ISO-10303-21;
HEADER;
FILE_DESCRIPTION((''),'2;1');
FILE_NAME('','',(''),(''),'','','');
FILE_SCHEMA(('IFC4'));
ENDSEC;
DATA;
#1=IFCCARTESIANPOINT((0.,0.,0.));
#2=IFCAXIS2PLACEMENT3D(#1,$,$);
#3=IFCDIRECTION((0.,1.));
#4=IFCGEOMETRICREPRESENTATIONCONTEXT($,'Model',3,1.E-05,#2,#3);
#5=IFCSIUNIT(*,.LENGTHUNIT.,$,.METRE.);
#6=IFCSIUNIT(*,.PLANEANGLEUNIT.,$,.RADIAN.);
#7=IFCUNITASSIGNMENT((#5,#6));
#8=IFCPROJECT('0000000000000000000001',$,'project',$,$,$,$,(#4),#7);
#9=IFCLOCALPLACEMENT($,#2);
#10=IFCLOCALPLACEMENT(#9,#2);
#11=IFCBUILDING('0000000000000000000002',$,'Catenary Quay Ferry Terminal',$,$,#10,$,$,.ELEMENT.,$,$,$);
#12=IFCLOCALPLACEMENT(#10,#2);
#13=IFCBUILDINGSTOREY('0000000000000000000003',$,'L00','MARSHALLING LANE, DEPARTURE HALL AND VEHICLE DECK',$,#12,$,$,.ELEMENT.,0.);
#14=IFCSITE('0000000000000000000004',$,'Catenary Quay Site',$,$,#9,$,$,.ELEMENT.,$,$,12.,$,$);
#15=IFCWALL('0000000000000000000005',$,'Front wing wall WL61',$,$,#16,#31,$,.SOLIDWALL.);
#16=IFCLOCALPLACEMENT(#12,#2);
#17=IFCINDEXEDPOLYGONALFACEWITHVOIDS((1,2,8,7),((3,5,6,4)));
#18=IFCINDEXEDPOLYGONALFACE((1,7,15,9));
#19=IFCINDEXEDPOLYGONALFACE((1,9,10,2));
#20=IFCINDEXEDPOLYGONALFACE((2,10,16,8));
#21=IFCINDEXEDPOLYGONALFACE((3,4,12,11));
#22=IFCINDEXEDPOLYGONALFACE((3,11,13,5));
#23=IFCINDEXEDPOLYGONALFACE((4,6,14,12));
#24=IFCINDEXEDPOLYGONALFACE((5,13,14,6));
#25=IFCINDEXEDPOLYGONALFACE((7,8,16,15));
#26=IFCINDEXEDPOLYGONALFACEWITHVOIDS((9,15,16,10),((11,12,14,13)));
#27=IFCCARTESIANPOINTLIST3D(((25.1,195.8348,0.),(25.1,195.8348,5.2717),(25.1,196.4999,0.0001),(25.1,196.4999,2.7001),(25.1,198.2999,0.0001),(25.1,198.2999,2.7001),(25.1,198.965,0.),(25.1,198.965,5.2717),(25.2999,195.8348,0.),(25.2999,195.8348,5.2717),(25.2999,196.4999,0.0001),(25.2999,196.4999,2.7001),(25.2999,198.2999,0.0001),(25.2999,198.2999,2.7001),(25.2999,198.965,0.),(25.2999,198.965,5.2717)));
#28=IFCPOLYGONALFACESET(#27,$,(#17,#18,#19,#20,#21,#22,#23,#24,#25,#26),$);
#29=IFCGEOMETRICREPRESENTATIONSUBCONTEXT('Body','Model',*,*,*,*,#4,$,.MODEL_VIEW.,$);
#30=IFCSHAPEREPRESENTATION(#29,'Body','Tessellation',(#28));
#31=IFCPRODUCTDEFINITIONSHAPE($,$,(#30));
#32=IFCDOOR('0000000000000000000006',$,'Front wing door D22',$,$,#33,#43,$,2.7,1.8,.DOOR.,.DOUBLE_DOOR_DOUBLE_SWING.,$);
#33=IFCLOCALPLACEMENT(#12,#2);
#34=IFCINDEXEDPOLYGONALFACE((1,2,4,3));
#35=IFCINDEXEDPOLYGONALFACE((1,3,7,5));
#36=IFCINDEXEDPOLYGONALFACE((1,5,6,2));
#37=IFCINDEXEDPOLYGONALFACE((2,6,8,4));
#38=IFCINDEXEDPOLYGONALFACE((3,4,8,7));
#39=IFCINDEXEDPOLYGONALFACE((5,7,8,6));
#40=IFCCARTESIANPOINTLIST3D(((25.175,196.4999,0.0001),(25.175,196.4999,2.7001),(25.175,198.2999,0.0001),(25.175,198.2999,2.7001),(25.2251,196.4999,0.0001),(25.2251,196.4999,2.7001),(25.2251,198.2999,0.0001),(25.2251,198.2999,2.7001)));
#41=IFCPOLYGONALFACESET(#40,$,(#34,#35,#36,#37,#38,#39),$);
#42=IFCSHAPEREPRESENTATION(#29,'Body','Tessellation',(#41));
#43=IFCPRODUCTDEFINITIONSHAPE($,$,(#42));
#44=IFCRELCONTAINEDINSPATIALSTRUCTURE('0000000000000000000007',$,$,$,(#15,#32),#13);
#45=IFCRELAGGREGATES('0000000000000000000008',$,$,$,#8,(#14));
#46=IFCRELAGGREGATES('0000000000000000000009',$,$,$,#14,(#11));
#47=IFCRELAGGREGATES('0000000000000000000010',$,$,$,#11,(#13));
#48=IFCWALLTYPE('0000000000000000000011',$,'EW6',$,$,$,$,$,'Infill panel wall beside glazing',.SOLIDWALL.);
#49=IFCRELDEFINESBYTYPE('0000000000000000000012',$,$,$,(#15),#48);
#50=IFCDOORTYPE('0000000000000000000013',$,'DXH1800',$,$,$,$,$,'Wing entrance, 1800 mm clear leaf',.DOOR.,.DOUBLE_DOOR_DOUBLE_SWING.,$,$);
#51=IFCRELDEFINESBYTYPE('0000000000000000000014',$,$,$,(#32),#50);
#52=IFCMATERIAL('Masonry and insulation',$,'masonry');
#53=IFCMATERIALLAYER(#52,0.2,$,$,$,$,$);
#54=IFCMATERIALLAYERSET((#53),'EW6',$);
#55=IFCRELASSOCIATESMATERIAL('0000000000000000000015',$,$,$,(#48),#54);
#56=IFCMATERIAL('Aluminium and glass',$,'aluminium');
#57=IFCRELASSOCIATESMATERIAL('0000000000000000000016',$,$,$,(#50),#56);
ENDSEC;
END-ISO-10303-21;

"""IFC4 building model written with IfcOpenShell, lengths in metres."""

from ifc_helpers import new_model, si_unit, direction, frame, frame_2d, origin, place, context, subcontext, project, spatial, rectangle, extrude, material, layer, layer_set, type_object, element, fill, save


model = new_model("IFC4")

# Units and contexts
model_context = context("Model", 3, precision=1e-05, world=origin(), true_north=direction((0.0, 1.0)))
body_context = subcontext(model_context, "Body", "Model", "MODEL_VIEW")
ifc_project = project(units=[si_unit("LENGTHUNIT", "METRE"), si_unit("PLANEANGLEUNIT", "RADIAN")], contexts=[model_context])

# Site, building, storey
site_placement = place(None, origin())
site = spatial("IfcSite", under=ifc_project, at=site_placement, Name="Catenary Quay Site", CompositionType="ELEMENT", RefElevation=12.0)
building_placement = place(site_placement, origin())
building = spatial("IfcBuilding", under=site, at=building_placement, Name="Catenary Quay Ferry Terminal", CompositionType="ELEMENT")
storey_placement = place(building_placement, origin())
storey = spatial("IfcBuildingStorey", under=building, at=storey_placement, Name="L00", Description="MARSHALLING LANE, DEPARTURE HALL AND VEHICLE DECK", CompositionType="ELEMENT", Elevation=0.0)

# Wall, opening, door
ifc_material_1 = material(Name="Masonry and insulation", Category="masonry")
ifc_layer_1 = layer(ifc_material_1, 0.2)
ifc_layer_set_1 = layer_set([ifc_layer_1], Name="EW6")
wall_type_1 = type_object("IfcWallType", Name="EW6", ElementType="Infill panel wall beside glazing", PredefinedType="SOLIDWALL", material=ifc_layer_set_1)
wall_1_placement = place(storey_placement, frame((25.2, 195.835, 0.0), z_axis=(0.0, 0.0, 1.0), x_axis=(0.0, 1.0, 0.0)))
wall_1 = element("IfcWall", 1, at=wall_1_placement, inside=storey, type_object=wall_type_1, Name="Front wing wall WL61", PredefinedType="SOLIDWALL", context=body_context, shape_type="SweptSolid", body=[
    extrude(rectangle(XDim=3.1301, YDim=0.2, at=frame_2d((1.5649, 0.0))), origin(), (0.0, 0.0, 1.0), 5.2717),
])
opening_1_placement = place(wall_1_placement, frame((0.665, 0.0, 0.0)))
opening_1 = element("IfcOpeningElement", 2, at=opening_1_placement, cuts=wall_1, PredefinedType="OPENING", context=body_context, shape_type="SweptSolid", body=[
    extrude(rectangle(XDim=1.8, YDim=2.7, at=frame_2d((0.8999, 1.3501))), frame((0.0, 0.1099, 0.0), z_axis=(0.0, -1.0, 0.0), x_axis=(1.0, 0.0, 0.0)), (0.0, 0.0, 1.0), 0.22),
])
ifc_material_2 = material(Name="Aluminium and glass", Category="aluminium")
door_type_1 = type_object("IfcDoorType", Name="DXH1800", ElementType="Wing entrance, 1800 mm clear leaf", OperationType="DOUBLE_DOOR_DOUBLE_SWING", PredefinedType="DOOR", material=ifc_material_2)
door_1_placement = place(opening_1_placement, origin())
door_1 = element("IfcDoor", 3, at=door_1_placement, inside=storey, type_object=door_type_1, Name="Front wing door D22", OperationType="DOUBLE_DOOR_DOUBLE_SWING", OverallHeight=2.7, OverallWidth=1.8, PredefinedType="DOOR", context=body_context, shape_type="SweptSolid", body=[
    extrude(rectangle(XDim=1.8, YDim=2.7, at=frame_2d((0.8999, 1.3501))), frame((0.0, 0.0249, 0.0), z_axis=(0.0, -1.0, 0.0), x_axis=(1.0, 0.0, 0.0)), (0.0, 0.0, 1.0), 0.05),
])
fill(opening_1, door_1)

save(model, "model.ifc")
